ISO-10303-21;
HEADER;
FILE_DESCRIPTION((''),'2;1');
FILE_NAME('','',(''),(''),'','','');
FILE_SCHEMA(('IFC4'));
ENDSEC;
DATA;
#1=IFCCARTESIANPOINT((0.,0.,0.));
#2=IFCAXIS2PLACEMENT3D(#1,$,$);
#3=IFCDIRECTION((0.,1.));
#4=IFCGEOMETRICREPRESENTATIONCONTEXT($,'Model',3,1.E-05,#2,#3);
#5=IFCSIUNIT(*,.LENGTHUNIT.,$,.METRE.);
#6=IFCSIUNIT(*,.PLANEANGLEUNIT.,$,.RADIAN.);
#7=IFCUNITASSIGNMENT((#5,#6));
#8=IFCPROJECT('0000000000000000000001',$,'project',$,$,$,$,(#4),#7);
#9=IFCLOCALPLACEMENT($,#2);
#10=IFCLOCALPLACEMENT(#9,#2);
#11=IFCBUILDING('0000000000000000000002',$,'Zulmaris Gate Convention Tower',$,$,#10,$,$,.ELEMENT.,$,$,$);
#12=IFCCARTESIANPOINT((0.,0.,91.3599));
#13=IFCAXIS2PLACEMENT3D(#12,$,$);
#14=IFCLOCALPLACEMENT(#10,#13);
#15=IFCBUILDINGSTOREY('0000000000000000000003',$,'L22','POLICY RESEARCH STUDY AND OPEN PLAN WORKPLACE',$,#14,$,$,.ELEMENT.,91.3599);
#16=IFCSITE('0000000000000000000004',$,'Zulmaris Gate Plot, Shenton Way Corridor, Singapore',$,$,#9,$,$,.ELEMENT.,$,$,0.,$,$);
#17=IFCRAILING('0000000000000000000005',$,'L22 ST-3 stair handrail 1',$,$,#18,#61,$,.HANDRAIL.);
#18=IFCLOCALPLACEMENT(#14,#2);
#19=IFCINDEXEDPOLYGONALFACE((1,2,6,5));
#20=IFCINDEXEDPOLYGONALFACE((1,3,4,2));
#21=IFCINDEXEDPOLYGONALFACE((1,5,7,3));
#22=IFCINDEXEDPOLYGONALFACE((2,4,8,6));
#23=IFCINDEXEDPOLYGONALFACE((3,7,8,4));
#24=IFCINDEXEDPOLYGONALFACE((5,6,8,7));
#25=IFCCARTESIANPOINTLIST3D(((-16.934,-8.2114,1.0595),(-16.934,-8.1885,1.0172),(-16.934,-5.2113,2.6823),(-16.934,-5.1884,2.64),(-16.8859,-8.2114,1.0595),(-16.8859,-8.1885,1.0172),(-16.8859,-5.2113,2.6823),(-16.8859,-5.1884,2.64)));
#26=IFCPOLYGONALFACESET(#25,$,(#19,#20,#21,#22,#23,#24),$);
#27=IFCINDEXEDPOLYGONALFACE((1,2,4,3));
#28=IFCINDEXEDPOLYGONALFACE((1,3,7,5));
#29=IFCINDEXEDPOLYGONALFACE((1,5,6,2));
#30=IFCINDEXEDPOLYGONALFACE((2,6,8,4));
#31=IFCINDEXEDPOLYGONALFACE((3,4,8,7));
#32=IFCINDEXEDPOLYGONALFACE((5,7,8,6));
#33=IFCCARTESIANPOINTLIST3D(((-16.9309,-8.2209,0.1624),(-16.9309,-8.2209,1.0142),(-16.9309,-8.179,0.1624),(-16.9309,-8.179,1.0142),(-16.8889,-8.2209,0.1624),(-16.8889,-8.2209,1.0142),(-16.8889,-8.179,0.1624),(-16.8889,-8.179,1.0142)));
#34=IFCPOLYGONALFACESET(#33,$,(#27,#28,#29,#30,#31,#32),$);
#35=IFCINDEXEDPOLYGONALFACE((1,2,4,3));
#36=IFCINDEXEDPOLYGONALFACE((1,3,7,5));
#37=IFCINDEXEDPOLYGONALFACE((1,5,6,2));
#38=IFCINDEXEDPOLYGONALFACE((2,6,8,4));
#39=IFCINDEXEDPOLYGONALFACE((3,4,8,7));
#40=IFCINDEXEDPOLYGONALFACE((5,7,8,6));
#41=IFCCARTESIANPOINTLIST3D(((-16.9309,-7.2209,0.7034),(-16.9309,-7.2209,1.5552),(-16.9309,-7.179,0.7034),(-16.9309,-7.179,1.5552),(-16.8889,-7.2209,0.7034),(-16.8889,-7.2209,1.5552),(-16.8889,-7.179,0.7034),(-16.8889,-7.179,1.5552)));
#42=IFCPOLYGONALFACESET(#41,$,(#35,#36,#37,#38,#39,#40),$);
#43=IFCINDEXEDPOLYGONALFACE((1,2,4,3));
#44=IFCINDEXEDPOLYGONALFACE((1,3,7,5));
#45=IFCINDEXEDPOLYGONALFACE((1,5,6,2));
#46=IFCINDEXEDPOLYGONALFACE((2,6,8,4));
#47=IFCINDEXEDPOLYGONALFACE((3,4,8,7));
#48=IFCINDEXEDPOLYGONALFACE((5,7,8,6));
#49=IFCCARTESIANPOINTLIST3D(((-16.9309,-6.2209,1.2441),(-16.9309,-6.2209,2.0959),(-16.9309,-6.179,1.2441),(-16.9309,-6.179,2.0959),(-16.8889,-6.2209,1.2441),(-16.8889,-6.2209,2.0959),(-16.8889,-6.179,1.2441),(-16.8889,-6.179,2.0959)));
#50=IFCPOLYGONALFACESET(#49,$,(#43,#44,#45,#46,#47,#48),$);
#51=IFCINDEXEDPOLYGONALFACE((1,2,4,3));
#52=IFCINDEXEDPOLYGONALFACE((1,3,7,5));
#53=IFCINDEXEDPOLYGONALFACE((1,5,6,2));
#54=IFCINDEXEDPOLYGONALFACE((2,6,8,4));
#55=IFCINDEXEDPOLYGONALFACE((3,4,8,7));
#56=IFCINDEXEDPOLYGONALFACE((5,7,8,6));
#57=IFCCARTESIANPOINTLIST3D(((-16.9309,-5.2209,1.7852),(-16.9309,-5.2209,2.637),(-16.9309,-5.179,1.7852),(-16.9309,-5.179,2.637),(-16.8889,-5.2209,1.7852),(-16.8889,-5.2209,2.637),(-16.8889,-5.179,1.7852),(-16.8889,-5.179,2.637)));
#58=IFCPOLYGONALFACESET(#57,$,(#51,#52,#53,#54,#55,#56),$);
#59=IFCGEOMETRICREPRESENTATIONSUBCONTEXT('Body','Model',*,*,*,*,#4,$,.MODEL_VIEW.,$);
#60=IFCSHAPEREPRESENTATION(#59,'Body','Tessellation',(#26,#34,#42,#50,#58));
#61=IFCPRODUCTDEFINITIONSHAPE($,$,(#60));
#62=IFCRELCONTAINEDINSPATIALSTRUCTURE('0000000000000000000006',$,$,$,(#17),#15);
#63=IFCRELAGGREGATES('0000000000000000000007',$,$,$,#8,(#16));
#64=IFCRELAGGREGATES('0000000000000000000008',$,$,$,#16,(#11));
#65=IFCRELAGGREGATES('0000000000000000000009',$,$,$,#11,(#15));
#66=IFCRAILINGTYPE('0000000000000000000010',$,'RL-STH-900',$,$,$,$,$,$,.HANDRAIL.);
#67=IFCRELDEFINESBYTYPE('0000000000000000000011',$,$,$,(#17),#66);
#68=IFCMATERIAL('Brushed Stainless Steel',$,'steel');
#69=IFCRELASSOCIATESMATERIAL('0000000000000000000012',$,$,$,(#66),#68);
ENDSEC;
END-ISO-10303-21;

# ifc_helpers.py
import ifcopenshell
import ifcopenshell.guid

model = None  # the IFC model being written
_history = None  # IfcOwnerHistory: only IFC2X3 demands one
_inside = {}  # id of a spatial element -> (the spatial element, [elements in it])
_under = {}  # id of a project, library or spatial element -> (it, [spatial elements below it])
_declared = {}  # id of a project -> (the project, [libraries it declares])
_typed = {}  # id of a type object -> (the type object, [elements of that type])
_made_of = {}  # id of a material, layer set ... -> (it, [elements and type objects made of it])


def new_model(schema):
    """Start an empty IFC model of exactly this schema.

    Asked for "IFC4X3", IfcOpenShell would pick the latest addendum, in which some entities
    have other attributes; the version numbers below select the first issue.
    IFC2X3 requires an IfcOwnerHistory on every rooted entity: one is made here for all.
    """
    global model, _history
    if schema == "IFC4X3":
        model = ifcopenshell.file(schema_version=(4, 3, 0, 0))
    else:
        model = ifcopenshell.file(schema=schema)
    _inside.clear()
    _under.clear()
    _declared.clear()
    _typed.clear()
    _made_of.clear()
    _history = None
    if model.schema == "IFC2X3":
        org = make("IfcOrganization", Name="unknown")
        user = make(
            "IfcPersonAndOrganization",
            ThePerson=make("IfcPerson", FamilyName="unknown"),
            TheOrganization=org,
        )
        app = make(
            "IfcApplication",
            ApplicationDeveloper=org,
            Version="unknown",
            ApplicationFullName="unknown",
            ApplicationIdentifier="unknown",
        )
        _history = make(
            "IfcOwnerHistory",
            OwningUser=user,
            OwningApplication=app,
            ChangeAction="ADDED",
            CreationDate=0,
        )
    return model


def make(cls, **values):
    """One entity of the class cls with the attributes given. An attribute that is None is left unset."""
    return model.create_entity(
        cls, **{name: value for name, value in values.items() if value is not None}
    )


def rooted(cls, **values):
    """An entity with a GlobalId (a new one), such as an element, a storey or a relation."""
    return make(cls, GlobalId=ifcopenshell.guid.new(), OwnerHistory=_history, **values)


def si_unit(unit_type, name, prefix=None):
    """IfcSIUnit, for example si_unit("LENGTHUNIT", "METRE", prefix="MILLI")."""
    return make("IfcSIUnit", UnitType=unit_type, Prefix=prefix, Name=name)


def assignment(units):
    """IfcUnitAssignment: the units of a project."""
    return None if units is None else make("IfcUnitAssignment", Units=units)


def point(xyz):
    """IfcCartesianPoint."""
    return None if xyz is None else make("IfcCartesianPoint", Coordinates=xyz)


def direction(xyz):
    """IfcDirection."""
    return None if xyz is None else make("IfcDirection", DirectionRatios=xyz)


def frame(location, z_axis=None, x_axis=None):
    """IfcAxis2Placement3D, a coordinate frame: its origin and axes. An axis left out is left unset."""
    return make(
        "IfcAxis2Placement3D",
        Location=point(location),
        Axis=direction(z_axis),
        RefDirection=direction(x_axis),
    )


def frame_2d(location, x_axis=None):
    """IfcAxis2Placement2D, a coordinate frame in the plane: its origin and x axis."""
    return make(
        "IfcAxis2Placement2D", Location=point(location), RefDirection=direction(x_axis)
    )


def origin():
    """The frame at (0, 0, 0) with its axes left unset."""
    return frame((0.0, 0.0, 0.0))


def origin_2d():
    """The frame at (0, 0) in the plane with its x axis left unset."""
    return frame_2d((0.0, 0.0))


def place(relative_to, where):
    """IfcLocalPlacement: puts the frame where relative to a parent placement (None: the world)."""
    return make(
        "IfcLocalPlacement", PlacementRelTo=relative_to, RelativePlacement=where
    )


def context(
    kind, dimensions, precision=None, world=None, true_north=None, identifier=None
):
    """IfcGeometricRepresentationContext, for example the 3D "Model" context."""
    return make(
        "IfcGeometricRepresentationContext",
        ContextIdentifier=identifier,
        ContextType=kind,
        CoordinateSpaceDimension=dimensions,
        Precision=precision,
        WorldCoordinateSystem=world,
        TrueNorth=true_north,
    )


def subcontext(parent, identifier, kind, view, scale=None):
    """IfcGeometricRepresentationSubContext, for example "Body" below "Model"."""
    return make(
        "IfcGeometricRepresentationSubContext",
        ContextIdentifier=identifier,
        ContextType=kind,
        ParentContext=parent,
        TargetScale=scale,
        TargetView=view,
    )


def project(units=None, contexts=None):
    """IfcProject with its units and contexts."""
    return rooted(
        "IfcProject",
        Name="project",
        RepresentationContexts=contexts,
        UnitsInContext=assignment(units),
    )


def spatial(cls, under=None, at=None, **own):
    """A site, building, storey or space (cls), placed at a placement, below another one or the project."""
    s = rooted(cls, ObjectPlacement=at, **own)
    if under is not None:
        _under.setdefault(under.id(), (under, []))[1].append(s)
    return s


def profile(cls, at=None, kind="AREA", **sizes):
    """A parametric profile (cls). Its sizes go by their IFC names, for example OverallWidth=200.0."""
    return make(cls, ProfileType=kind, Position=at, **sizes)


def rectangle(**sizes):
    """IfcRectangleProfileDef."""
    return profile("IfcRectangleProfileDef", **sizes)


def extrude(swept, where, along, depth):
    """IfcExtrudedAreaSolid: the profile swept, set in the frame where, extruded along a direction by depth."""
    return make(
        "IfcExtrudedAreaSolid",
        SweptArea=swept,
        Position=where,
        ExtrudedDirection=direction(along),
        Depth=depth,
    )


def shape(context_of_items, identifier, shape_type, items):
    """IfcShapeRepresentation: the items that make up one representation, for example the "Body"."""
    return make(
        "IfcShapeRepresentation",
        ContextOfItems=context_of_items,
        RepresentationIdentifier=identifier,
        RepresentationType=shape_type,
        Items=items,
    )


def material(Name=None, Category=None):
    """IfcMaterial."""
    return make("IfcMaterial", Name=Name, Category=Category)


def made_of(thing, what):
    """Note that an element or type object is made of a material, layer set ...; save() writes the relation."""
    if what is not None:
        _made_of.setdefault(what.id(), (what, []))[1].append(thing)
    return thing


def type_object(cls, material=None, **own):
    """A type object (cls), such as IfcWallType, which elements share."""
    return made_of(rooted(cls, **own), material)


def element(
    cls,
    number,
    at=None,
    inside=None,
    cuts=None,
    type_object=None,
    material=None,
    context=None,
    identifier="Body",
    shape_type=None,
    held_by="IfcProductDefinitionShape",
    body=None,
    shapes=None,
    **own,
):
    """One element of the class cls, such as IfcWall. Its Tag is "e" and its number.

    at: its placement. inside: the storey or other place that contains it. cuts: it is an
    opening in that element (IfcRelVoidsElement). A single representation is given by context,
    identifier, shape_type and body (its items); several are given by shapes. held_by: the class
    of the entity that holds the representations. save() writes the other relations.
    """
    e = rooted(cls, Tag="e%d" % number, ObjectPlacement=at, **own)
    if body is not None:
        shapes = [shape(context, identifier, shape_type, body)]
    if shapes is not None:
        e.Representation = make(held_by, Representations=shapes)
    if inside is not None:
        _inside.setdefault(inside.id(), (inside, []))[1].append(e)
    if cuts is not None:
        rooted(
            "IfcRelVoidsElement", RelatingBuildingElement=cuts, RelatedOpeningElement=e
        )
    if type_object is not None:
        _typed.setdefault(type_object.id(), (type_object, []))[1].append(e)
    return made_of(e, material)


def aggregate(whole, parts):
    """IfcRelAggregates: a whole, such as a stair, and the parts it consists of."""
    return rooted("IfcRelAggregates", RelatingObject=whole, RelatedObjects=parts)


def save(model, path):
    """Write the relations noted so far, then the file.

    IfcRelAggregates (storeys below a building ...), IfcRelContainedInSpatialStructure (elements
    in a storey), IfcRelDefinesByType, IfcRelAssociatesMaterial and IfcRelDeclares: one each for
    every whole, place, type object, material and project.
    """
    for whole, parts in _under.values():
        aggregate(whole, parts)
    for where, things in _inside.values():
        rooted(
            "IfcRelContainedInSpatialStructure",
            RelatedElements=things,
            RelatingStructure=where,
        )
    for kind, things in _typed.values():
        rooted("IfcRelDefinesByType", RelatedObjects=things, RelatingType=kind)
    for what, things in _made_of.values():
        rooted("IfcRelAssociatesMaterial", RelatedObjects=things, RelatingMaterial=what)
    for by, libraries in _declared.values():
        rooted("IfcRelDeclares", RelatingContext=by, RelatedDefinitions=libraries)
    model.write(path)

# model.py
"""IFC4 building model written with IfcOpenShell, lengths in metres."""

from ifc_helpers import new_model, si_unit, direction, frame, origin, origin_2d, place, context, subcontext, project, spatial, rectangle, extrude, material, type_object, element, save


model = new_model("IFC4")

# Units and contexts
model_context = context("Model", 3, precision=1e-05, world=origin(), true_north=direction((0.0, 1.0)))
body_context = subcontext(model_context, "Body", "Model", "MODEL_VIEW")
ifc_project = project(units=[si_unit("LENGTHUNIT", "METRE"), si_unit("PLANEANGLEUNIT", "RADIAN")], contexts=[model_context])

# Site, building, storey
site_placement = place(None, origin())
site = spatial("IfcSite", under=ifc_project, at=site_placement, Name="Zulmaris Gate Plot, Shenton Way Corridor, Singapore", CompositionType="ELEMENT", RefElevation=0.0)
building_placement = place(site_placement, origin())
building = spatial("IfcBuilding", under=site, at=building_placement, Name="Zulmaris Gate Convention Tower", CompositionType="ELEMENT")
storey_placement = place(building_placement, frame((0.0, 0.0, 91.3599)))
storey = spatial("IfcBuildingStorey", under=building, at=storey_placement, Name="L22", Description="POLICY RESEARCH STUDY AND OPEN PLAN WORKPLACE", CompositionType="ELEMENT", Elevation=91.3599)

# Railing
ifc_material_1 = material(Name="Brushed Stainless Steel", Category="steel")
railing_type_1 = type_object("IfcRailingType", Name="RL-STH-900", PredefinedType="HANDRAIL", material=ifc_material_1)
for number, where, name in (
    (1, (-16.9099, -8.2, 0.1624), "L22 ST-3 stair handrail 1"),
):
    element("IfcRailing", number, at=place(storey_placement, frame(where)), inside=storey, type_object=railing_type_1, Name=name, PredefinedType="HANDRAIL", context=body_context, shape_type="SweptSolid", body=[
        extrude(rectangle(XDim=0.0481, YDim=0.0481, at=origin_2d()), frame((0.0, 0.0, 0.876), z_axis=(0.0, 0.879562, 0.475785), x_axis=(-1.0, 0.0, 0.0)), (0.0, 0.0, 1.0), 3.4109),
        extrude(rectangle(XDim=0.042, YDim=0.042, at=origin_2d()), origin(), (0.0, 0.0, 1.0), 0.8518),
        extrude(rectangle(XDim=0.042, YDim=0.042, at=origin_2d()), frame((0.0, 1.0, 0.541)), (0.0, 0.0, 1.0), 0.8518),
        extrude(rectangle(XDim=0.042, YDim=0.042, at=origin_2d()), frame((0.0, 2.0, 1.0818)), (0.0, 0.0, 1.0), 0.8518),
        extrude(rectangle(XDim=0.042, YDim=0.042, at=origin_2d()), frame((0.0, 3.0, 1.6228)), (0.0, 0.0, 1.0), 0.8518),
    ])

save(model, "model.ifc")
